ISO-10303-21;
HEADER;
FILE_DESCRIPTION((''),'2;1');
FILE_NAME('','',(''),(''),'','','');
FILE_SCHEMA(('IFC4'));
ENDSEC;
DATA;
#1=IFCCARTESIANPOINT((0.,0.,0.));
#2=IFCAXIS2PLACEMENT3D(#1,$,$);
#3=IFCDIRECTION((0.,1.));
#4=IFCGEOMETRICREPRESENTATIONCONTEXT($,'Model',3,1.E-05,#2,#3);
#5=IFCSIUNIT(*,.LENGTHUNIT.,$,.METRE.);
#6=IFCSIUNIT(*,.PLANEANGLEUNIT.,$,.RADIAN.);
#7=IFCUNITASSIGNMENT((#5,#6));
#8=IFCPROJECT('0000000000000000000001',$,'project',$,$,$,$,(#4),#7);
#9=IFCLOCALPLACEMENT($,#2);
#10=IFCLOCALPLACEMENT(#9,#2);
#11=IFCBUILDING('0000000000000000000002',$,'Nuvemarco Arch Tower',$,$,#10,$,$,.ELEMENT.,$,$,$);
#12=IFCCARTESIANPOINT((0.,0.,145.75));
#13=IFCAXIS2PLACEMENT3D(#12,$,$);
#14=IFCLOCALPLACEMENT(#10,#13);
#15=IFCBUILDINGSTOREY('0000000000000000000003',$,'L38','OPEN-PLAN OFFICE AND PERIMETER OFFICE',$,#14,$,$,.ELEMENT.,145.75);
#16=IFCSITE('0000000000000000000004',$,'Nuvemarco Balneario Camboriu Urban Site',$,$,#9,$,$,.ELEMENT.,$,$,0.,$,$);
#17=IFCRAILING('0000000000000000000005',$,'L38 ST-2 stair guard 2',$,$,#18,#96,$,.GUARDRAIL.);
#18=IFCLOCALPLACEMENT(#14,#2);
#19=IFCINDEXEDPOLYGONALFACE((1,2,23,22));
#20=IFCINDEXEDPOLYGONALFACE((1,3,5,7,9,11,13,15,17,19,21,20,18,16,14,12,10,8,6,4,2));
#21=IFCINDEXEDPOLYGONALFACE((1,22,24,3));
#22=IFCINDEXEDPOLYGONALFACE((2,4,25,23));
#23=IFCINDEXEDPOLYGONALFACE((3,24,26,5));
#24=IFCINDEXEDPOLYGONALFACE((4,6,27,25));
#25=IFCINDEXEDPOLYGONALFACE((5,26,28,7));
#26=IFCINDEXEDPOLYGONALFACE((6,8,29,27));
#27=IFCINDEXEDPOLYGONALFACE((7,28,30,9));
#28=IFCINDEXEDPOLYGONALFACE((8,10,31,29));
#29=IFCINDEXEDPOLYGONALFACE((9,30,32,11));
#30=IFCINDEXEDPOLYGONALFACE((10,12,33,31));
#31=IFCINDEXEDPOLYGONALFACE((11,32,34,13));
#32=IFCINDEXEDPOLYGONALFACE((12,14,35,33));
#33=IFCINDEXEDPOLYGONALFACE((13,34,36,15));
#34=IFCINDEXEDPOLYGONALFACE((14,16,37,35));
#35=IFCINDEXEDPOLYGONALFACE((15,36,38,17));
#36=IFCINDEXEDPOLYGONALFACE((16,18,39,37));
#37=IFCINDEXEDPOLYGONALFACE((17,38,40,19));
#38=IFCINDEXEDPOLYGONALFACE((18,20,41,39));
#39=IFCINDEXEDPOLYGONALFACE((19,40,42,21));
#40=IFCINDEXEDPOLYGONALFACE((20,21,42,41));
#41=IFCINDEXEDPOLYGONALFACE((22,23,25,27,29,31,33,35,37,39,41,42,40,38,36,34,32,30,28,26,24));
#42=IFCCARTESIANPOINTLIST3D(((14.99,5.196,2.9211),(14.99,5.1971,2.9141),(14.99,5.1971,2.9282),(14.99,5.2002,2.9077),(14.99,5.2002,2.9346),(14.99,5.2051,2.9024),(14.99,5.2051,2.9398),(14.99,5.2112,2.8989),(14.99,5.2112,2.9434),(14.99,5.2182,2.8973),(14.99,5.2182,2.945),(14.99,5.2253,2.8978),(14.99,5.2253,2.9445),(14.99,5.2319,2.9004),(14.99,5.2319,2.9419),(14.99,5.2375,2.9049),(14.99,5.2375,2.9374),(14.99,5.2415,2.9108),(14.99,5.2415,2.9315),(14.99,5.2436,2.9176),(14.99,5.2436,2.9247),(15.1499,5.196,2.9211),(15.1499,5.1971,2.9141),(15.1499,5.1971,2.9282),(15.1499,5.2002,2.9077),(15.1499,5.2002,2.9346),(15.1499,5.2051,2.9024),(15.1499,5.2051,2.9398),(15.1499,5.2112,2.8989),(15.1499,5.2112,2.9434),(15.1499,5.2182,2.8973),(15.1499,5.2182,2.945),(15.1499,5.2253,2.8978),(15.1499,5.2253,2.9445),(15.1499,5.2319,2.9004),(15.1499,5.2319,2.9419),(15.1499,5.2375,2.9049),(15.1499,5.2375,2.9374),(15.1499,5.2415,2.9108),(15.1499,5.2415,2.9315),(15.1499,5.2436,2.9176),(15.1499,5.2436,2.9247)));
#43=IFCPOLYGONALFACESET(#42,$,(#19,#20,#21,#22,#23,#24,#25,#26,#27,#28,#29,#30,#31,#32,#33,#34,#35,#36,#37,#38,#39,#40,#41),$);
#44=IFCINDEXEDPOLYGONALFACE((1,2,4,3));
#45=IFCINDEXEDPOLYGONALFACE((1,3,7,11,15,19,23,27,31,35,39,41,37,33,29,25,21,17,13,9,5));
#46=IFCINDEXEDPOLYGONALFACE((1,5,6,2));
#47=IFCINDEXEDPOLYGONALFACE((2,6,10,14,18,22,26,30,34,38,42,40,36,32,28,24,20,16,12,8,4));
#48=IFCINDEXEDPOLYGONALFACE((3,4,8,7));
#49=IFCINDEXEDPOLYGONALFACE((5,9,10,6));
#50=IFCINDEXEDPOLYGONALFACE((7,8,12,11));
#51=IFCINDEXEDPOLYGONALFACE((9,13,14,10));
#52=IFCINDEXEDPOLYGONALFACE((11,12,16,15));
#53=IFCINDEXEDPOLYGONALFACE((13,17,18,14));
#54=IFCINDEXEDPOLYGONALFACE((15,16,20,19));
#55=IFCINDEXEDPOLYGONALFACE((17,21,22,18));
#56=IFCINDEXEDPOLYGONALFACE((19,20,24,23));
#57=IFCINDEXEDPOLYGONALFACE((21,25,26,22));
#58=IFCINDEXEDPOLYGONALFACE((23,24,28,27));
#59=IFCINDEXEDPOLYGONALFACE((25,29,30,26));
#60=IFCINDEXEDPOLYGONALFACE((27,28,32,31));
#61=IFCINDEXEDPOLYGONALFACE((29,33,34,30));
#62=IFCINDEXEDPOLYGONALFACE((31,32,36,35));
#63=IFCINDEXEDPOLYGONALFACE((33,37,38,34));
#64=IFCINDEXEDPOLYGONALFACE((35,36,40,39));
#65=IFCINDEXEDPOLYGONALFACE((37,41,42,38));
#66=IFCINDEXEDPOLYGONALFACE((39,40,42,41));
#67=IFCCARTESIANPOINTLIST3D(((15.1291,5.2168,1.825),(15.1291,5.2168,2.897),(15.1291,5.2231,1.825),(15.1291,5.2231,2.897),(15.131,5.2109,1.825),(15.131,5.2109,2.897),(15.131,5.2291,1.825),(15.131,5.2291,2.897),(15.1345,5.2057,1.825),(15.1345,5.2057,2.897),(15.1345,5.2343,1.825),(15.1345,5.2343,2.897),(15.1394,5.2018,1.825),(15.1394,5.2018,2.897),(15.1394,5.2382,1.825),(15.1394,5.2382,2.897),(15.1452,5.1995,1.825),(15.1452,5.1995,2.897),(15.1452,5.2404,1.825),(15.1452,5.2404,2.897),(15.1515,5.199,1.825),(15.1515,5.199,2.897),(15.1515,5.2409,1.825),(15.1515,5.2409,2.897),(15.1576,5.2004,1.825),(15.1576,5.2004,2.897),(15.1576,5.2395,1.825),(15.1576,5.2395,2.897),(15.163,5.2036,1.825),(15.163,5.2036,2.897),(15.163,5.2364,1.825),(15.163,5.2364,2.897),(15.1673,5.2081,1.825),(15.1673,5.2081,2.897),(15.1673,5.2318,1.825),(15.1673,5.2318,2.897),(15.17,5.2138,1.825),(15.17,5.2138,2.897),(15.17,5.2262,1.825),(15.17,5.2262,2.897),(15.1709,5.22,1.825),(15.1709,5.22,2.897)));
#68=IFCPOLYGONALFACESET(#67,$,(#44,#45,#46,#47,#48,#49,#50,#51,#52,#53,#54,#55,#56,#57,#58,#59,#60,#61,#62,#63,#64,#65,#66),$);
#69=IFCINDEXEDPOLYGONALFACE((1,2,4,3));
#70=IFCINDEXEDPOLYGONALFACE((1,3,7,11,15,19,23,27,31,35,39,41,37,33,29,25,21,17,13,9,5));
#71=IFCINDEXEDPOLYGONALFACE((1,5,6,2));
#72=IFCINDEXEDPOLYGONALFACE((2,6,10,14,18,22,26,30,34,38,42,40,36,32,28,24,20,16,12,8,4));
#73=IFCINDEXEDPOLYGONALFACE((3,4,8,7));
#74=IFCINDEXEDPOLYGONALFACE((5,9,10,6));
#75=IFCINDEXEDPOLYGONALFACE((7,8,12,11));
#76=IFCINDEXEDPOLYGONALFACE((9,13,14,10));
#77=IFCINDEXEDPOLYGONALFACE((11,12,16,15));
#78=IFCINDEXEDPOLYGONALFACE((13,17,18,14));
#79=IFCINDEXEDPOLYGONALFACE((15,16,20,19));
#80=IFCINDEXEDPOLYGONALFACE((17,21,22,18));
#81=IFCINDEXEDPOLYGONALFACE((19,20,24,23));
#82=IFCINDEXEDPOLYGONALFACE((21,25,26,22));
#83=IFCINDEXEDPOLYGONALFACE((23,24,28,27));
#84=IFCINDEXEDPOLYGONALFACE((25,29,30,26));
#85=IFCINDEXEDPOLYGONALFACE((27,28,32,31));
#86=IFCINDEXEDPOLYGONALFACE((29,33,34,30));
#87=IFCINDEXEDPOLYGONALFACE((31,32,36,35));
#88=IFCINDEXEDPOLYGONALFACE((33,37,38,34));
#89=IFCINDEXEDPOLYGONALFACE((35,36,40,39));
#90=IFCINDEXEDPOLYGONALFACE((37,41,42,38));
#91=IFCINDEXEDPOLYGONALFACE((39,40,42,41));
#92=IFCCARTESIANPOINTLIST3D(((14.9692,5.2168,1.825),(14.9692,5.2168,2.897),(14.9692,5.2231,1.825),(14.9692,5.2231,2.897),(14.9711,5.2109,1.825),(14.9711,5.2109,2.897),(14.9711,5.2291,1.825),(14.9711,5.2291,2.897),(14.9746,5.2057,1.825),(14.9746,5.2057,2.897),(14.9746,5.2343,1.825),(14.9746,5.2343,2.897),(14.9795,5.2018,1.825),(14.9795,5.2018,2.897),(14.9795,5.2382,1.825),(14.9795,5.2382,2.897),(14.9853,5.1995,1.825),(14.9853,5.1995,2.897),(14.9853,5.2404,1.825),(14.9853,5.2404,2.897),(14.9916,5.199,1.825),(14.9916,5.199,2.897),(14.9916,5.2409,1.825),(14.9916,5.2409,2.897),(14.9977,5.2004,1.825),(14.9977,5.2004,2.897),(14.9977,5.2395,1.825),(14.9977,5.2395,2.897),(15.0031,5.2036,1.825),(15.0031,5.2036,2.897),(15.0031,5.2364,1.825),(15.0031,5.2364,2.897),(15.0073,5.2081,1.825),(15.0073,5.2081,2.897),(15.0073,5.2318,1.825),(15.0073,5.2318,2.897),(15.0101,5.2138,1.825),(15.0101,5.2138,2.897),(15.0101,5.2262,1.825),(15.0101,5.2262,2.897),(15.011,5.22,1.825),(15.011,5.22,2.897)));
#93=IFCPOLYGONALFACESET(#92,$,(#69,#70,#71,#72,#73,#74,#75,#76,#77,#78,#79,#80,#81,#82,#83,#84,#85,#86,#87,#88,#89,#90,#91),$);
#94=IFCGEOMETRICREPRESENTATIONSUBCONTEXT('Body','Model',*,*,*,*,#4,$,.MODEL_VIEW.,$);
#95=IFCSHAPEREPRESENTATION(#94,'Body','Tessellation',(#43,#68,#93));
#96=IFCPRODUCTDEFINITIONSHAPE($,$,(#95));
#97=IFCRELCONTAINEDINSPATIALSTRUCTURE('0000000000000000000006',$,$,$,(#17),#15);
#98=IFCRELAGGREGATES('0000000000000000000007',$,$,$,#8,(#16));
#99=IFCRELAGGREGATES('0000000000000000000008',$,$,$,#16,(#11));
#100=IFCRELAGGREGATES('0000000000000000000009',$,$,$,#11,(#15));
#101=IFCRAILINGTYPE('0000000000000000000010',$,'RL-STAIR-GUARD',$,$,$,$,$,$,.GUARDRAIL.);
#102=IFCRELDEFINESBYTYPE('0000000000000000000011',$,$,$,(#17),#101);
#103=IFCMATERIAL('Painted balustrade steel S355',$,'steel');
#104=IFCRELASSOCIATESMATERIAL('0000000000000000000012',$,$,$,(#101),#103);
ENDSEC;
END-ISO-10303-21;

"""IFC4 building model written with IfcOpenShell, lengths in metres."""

from ifc_helpers import new_model, si_unit, direction, frame, origin, origin_2d, place, context, subcontext, project, spatial, circle, extrude, material, type_object, element, save


model = new_model("IFC4")

# Units and contexts
model_context = context("Model", 3, precision=1e-05, world=origin(), true_north=direction((0.0, 1.0)))
body_context = subcontext(model_context, "Body", "Model", "MODEL_VIEW")
ifc_project = project(units=[si_unit("LENGTHUNIT", "METRE"), si_unit("PLANEANGLEUNIT", "RADIAN")], contexts=[model_context])

# Site, building, storey
site_placement = place(None, origin())
site = spatial("IfcSite", under=ifc_project, at=site_placement, Name="Nuvemarco Balneario Camboriu Urban Site", CompositionType="ELEMENT", RefElevation=0.0)
building_placement = place(site_placement, origin())
building = spatial("IfcBuilding", under=site, at=building_placement, Name="Nuvemarco Arch Tower", CompositionType="ELEMENT")
storey_placement = place(building_placement, frame((0.0, 0.0, 145.75)))
storey = spatial("IfcBuildingStorey", under=building, at=storey_placement, Name="L38", Description="OPEN-PLAN OFFICE AND PERIMETER OFFICE", CompositionType="ELEMENT", Elevation=145.75)

# Railing
ifc_material_1 = material(Name="Painted balustrade steel S355", Category="steel")
railing_type_1 = type_object("IfcRailingType", Name="RL-STAIR-GUARD", PredefinedType="GUARDRAIL", material=ifc_material_1)
railing_1_placement = place(storey_placement, frame((15.1499, 5.22, 1.825)))
element("IfcRailing", 1, at=railing_1_placement, inside=storey, type_object=railing_type_1, Name="L38 ST-2 stair guard 2", PredefinedType="GUARDRAIL", context=body_context, shape_type="SweptSolid", body=[
    extrude(circle(Radius=0.0239, at=origin_2d()), frame((0.0, 0.0, 1.0962), z_axis=(-1.0, 0.0, 0.0), x_axis=(0.0, -1.0, 0.0)), (0.0, 0.0, 1.0), 0.1599),
    extrude(circle(Radius=0.021, at=origin_2d()), origin(), (0.0, 0.0, 1.0), 1.072),
    extrude(circle(Radius=0.021, at=origin_2d()), frame((-0.1599, 0.0, 0.0)), (0.0, 0.0, 1.0), 1.072),
])

save(model, "model.ifc")
